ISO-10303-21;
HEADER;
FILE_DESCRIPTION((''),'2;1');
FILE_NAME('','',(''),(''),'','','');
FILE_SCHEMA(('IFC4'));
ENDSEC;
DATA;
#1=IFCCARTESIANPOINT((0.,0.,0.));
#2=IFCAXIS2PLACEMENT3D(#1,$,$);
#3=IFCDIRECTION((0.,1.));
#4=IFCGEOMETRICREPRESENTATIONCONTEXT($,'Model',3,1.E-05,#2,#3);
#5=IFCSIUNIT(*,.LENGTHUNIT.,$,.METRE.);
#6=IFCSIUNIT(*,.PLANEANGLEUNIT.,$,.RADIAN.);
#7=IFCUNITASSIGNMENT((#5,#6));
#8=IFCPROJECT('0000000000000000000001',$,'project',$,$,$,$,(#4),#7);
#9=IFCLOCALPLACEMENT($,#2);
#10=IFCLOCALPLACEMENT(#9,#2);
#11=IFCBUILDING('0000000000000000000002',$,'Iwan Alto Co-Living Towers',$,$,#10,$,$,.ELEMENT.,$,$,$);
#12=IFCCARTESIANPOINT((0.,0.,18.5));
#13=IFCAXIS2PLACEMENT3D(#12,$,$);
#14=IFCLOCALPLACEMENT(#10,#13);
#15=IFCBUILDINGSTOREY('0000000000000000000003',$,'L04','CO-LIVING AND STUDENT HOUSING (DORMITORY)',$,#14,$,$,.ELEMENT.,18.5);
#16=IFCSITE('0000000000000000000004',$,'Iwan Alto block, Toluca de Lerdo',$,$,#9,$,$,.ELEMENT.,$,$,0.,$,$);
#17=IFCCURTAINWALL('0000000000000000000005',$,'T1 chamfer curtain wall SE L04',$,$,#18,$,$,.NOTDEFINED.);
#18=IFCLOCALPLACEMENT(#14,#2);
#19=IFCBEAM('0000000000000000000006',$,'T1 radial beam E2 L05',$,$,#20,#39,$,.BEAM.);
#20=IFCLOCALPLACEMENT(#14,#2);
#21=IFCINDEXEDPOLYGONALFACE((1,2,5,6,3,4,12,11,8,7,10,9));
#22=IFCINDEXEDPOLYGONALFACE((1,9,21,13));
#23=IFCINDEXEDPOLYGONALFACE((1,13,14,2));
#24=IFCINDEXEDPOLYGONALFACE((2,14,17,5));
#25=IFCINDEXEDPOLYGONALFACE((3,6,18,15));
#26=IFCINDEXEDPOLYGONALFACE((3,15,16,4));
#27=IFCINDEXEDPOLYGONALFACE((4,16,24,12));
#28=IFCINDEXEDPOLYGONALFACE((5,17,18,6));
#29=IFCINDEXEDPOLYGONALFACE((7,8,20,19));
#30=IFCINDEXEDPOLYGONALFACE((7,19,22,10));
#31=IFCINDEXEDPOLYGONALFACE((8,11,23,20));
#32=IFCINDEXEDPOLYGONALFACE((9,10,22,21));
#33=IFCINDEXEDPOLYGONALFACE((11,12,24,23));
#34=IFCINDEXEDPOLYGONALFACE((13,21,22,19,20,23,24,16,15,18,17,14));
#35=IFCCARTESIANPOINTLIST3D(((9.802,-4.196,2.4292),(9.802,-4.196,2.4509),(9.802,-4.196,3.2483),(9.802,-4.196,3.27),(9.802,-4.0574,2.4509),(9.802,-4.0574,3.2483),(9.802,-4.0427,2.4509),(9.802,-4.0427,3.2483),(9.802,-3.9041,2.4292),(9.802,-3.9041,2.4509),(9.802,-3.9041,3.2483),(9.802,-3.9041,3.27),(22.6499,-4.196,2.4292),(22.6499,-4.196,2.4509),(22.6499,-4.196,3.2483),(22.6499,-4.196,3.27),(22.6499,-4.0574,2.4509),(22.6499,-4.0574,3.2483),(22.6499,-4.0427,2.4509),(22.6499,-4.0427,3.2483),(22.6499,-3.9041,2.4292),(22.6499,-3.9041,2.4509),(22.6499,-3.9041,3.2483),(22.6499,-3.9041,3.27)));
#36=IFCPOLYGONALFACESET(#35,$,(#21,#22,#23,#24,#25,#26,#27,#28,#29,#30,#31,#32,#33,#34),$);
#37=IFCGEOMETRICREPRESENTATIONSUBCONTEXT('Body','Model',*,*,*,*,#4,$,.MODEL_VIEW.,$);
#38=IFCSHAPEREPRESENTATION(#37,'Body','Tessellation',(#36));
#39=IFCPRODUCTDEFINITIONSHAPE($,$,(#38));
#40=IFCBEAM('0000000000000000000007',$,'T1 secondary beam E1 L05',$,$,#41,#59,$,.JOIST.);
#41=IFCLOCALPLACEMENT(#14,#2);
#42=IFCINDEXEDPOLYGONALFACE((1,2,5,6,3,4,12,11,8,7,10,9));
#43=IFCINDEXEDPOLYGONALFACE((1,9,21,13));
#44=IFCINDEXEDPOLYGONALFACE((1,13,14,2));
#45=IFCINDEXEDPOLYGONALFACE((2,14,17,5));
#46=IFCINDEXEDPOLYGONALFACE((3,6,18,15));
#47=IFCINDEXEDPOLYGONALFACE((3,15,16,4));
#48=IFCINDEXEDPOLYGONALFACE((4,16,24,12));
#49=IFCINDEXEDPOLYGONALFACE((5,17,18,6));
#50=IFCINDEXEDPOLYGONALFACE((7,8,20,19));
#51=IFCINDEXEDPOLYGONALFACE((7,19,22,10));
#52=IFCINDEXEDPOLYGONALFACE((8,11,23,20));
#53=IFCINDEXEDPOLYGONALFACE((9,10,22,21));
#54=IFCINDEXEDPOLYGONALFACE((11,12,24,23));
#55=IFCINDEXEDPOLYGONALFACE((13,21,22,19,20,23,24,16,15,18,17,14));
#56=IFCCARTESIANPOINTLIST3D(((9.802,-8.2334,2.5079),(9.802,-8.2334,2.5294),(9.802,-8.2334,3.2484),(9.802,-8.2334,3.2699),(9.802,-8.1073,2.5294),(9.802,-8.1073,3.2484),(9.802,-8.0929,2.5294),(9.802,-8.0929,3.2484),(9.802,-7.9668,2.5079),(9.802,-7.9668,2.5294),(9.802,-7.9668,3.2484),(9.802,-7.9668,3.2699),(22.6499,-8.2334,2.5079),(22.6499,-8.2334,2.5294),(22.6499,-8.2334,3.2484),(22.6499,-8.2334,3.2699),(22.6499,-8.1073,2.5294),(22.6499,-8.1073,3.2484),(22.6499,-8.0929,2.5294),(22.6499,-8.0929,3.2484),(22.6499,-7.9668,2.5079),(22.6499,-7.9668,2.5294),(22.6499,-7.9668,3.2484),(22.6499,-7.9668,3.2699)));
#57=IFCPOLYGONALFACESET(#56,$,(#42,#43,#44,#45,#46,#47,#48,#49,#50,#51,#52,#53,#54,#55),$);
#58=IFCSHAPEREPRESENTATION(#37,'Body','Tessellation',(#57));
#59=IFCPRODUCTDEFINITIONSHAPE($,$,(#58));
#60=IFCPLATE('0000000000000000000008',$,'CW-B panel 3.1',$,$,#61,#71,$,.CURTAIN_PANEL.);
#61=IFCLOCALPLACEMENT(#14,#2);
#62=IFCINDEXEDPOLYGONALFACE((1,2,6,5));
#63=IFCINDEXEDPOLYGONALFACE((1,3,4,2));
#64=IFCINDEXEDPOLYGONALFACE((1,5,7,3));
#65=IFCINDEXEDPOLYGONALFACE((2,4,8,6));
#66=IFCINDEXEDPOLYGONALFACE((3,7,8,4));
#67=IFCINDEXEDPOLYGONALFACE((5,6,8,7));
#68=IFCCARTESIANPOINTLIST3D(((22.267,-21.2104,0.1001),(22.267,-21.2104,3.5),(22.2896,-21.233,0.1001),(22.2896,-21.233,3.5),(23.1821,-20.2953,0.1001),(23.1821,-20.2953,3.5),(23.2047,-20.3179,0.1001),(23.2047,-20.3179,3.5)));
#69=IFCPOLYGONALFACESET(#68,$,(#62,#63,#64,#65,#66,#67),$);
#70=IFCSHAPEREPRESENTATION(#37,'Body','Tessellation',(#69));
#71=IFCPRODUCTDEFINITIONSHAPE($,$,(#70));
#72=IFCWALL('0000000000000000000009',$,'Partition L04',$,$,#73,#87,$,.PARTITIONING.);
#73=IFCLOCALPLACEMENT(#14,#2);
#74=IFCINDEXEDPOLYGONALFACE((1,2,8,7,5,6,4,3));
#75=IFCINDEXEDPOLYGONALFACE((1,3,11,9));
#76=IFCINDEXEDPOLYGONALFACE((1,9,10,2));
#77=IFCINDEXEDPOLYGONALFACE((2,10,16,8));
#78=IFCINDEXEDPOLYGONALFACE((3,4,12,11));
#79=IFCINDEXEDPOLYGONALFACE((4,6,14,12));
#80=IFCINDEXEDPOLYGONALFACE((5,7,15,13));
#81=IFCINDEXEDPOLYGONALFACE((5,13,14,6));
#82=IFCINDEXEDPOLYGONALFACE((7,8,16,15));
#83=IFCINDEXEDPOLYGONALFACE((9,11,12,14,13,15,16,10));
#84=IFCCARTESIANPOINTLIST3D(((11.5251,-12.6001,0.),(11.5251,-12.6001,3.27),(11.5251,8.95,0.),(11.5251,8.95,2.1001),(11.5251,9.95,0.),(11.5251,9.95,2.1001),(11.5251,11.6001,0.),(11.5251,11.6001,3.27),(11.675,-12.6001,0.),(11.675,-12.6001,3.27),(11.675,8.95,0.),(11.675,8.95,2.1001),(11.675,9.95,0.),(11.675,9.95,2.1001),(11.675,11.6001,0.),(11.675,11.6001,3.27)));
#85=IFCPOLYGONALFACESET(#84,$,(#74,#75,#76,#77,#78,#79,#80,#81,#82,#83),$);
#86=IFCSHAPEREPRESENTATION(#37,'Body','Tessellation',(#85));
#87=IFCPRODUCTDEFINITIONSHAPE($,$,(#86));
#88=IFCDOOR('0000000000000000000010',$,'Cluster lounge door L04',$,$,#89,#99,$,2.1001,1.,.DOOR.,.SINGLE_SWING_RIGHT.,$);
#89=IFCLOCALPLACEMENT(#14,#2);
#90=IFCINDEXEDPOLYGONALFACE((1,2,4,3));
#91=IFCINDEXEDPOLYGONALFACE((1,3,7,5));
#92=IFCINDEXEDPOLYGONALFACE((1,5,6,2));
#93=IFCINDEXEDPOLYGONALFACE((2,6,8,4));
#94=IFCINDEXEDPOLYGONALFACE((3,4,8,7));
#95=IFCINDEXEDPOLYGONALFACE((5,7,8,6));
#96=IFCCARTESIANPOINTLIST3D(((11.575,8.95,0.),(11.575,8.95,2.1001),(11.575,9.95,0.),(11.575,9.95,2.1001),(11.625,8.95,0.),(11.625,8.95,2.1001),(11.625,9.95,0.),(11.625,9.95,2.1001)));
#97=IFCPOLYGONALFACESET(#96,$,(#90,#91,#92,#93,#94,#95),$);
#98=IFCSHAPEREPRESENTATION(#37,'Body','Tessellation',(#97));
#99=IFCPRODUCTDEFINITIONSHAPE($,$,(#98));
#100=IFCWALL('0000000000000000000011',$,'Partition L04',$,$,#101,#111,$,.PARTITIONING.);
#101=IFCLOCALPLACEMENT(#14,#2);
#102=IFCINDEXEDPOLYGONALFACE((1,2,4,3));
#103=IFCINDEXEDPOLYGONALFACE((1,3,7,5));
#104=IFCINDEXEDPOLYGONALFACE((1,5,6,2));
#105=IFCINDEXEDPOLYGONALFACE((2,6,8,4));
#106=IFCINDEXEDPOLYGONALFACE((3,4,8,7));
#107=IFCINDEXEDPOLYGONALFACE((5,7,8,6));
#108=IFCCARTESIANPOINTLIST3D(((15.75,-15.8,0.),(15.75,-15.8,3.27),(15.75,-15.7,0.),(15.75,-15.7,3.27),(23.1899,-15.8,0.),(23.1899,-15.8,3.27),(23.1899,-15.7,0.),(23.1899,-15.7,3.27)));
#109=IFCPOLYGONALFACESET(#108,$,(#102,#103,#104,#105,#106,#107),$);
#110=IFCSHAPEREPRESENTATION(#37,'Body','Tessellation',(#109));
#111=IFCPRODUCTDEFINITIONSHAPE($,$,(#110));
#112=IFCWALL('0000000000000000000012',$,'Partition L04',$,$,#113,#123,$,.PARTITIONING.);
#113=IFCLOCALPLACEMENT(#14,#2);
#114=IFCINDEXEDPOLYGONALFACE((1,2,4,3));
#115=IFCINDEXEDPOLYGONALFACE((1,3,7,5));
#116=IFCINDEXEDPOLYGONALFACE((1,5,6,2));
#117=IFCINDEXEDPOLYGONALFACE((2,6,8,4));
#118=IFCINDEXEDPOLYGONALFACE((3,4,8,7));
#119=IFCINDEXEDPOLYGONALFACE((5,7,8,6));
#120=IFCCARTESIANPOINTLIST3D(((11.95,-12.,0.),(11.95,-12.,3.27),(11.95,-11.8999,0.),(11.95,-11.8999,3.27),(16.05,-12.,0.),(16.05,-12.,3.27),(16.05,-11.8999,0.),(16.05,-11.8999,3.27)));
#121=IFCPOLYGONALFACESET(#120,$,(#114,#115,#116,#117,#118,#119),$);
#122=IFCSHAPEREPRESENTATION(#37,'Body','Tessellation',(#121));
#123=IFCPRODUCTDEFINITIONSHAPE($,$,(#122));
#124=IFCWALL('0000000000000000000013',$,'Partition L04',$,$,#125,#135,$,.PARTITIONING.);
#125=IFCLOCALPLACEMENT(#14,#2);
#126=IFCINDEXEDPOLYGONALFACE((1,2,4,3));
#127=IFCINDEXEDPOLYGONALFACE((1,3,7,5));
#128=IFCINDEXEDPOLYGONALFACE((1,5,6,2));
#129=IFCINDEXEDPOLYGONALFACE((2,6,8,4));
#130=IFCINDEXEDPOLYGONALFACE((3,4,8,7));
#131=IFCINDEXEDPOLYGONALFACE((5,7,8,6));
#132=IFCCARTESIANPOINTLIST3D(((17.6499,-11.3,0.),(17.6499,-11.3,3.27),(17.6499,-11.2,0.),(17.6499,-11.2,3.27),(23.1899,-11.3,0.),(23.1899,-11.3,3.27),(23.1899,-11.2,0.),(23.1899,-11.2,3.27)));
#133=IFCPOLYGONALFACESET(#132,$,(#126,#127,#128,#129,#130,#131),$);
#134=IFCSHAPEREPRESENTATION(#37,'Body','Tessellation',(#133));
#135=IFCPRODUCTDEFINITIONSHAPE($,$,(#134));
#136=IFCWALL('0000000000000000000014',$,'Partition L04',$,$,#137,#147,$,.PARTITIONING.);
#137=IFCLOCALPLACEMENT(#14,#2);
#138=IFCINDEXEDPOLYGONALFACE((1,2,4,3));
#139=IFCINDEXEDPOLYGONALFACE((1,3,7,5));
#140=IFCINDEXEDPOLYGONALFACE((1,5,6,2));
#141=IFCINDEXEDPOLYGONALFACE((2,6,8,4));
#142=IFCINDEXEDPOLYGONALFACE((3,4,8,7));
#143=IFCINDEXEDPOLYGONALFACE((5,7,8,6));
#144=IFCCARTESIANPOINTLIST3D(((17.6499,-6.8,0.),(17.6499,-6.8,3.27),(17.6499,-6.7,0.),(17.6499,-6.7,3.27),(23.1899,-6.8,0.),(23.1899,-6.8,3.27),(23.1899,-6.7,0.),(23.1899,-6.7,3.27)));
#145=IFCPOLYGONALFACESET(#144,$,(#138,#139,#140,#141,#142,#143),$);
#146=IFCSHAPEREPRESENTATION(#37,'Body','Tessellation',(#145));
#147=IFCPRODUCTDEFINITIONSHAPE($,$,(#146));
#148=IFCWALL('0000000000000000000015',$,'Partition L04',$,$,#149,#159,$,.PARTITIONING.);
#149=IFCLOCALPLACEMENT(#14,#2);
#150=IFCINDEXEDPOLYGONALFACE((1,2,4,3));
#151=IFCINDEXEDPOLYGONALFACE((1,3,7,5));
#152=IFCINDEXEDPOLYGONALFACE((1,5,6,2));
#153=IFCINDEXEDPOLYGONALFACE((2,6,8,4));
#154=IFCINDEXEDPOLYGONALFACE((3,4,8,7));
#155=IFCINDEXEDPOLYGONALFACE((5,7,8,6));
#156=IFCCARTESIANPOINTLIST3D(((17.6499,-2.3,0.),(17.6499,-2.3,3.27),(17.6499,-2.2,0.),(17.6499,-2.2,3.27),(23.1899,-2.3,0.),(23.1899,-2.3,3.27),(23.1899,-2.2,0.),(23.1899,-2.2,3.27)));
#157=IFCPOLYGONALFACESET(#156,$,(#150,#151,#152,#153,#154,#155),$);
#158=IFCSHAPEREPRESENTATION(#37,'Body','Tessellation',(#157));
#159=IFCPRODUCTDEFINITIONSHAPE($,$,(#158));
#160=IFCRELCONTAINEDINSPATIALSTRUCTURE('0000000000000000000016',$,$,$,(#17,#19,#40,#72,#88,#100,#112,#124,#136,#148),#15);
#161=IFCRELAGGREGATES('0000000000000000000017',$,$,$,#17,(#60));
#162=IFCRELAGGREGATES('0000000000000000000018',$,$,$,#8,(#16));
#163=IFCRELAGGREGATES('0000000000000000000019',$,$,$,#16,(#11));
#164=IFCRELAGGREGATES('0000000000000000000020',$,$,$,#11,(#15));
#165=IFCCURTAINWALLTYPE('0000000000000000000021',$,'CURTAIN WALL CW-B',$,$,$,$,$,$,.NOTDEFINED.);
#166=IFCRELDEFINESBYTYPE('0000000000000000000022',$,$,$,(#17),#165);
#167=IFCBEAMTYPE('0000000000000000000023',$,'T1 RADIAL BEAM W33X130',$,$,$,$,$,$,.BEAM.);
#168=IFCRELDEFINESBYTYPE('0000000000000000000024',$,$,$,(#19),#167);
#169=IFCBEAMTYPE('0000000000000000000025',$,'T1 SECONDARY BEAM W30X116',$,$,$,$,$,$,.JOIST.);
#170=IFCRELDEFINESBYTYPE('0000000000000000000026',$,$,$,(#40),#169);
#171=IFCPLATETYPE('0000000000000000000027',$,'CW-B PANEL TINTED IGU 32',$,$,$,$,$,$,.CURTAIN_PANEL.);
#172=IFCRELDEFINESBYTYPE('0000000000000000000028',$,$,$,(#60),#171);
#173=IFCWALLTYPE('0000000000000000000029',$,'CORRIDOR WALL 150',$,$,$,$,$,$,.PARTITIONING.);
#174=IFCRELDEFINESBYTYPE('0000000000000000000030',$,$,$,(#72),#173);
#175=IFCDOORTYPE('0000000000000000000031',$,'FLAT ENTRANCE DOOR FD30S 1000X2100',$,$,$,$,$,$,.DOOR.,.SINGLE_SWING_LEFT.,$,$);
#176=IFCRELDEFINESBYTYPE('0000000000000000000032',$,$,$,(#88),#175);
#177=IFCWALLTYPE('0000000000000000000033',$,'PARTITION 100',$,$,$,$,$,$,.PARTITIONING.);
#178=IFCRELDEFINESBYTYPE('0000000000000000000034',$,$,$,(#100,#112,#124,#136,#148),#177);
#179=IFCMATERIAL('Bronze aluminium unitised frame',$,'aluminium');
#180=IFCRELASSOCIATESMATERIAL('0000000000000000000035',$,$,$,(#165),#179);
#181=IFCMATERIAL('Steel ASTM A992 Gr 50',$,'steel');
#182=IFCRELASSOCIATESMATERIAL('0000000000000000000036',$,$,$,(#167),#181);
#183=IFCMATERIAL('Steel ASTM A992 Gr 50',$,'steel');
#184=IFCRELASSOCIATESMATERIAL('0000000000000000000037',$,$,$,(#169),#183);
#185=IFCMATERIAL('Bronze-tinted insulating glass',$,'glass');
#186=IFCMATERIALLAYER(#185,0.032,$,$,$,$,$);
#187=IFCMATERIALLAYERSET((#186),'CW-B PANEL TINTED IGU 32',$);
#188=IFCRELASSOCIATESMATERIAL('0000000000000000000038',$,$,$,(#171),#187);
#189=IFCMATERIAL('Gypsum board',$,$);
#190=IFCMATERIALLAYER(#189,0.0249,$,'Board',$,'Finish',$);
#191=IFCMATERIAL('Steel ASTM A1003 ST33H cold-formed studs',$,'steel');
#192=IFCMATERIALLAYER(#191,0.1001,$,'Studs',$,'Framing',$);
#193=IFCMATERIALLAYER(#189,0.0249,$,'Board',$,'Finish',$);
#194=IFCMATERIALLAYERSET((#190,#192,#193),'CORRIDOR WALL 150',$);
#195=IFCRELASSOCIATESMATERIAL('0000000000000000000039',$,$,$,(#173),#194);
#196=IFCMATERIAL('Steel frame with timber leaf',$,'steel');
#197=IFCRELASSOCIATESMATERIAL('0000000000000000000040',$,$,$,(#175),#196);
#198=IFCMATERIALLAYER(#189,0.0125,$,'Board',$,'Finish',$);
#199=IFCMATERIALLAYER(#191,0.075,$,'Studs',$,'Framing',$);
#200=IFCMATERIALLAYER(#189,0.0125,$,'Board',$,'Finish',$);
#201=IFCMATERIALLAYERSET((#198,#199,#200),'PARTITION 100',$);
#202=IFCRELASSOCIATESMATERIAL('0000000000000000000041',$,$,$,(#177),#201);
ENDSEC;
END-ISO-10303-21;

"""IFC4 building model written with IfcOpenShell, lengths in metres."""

from ifc_helpers import new_model, si_unit, direction, frame, frame_2d, origin, origin_2d, place, context, subcontext, project, spatial, rectangle, i_section, extrude, material, layer, layer_set, material_profile, profile_set, type_object, element, fill, aggregate, save


model = new_model("IFC4")

# Units and contexts
model_context = context("Model", 3, precision=1e-05, world=origin(), true_north=direction((0.0, 1.0)))
body_context = subcontext(model_context, "Body", "Model", "MODEL_VIEW")
ifc_project = project(units=[si_unit("LENGTHUNIT", "METRE"), si_unit("PLANEANGLEUNIT", "RADIAN")], contexts=[model_context])

# Site, building, storey
site_placement = place(None, origin())
site = spatial("IfcSite", under=ifc_project, at=site_placement, Name="Iwan Alto block, Toluca de Lerdo", CompositionType="ELEMENT", RefElevation=0.0)
building_placement = place(site_placement, origin())
building = spatial("IfcBuilding", under=site, at=building_placement, Name="Iwan Alto Co-Living Towers", CompositionType="ELEMENT")
storey_placement = place(building_placement, frame((0.0, 0.0, 18.5)))
storey = spatial("IfcBuildingStorey", under=building, at=storey_placement, Name="L04", Description="CO-LIVING AND STUDENT HOUSING (DORMITORY)", CompositionType="ELEMENT", Elevation=18.5)

# Curtain wall
ifc_material_1 = material(Name="Bronze aluminium unitised frame", Category="aluminium")
curtain_wall_type_1 = type_object("IfcCurtainWallType", Name="CURTAIN WALL CW-B", PredefinedType="NOTDEFINED", material=ifc_material_1)
curtain_wall_1_placement = place(storey_placement, origin())
curtain_wall_1 = element("IfcCurtainWall", 1, at=curtain_wall_1_placement, inside=storey, type_object=curtain_wall_type_1, Name="T1 chamfer curtain wall SE L04", PredefinedType="NOTDEFINED")

# Beams
ifc_material_2 = material(Name="Steel ASTM A992 Gr 50", Category="steel")
ifc_material_profile_1 = material_profile(ifc_material_2, i_section(OverallWidth=0.292, OverallDepth=0.8408, WebThickness=0.0146, FlangeThickness=0.0217, at=origin_2d()), Name="W33X130")
ifc_profile_set_1 = profile_set([ifc_material_profile_1], Name="Steel ASTM A992 Gr 50")
beam_type_1 = type_object("IfcBeamType", Name="T1 RADIAL BEAM W33X130", PredefinedType="BEAM", material=ifc_profile_set_1)
beam_1_placement = place(storey_placement, frame((22.6499, -4.05, 2.8496), z_axis=(-1.0, 0.0, 0.0), x_axis=(0.0, -1.0, 0.0)))
element("IfcBeam", 2, at=beam_1_placement, inside=storey, type_object=beam_type_1, Name="T1 radial beam E2 L05", PredefinedType="BEAM", context=body_context, shape_type="SweptSolid", body=[
    extrude(i_section(OverallWidth=0.292, OverallDepth=0.8408, WebThickness=0.0146, FlangeThickness=0.0217, at=origin_2d()), origin(), (0.0, 0.0, 1.0), 12.8479),
])
ifc_material_3 = material(Name="Steel ASTM A992 Gr 50", Category="steel")
ifc_material_profile_2 = material_profile(ifc_material_3, i_section(OverallWidth=0.2666, OverallDepth=0.762, WebThickness=0.0144, FlangeThickness=0.0215, at=origin_2d()), Name="W30X116")
ifc_profile_set_2 = profile_set([ifc_material_profile_2], Name="Steel ASTM A992 Gr 50")
beam_type_2 = type_object("IfcBeamType", Name="T1 SECONDARY BEAM W30X116", PredefinedType="JOIST", material=ifc_profile_set_2)
beam_2_placement = place(storey_placement, frame((22.6499, -8.1001, 2.8889), z_axis=(-1.0, 0.0, 0.0), x_axis=(0.0, -1.0, 0.0)))
element("IfcBeam", 3, at=beam_2_placement, inside=storey, type_object=beam_type_2, Name="T1 secondary beam E1 L05", PredefinedType="JOIST", context=body_context, shape_type="SweptSolid", body=[
    extrude(i_section(OverallWidth=0.2666, OverallDepth=0.762, WebThickness=0.0144, FlangeThickness=0.0215, at=origin_2d()), origin(), (0.0, 0.0, 1.0), 12.8479),
])

# Plate
ifc_material_4 = material(Name="Bronze-tinted insulating glass", Category="glass")
ifc_layer_1 = layer(ifc_material_4, 0.032)
ifc_layer_set_1 = layer_set([ifc_layer_1], Name="CW-B PANEL TINTED IGU 32")
plate_type = type_object("IfcPlateType", Name="CW-B PANEL TINTED IGU 32", PredefinedType="CURTAIN_PANEL", material=ifc_layer_set_1)
plate_placement = place(storey_placement, frame((22.7358, -20.7642, 0.1001), z_axis=(0.0, 0.0, 1.0), x_axis=(0.707107, 0.707107, 0.0)))
plate = element("IfcPlate", 4, at=plate_placement, type_object=plate_type, Name="CW-B panel 3.1", PredefinedType="CURTAIN_PANEL", context=body_context, shape_type="SweptSolid", body=[
    extrude(rectangle(XDim=1.2942, YDim=0.032, at=origin_2d()), origin(), (0.0, 0.0, 1.0), 3.3999),
])
aggregate(curtain_wall_1, [plate])

# Wall, opening, door
ifc_material_5 = material(Name="Gypsum board")
ifc_layer_2 = layer(ifc_material_5, 0.0249, Name="Board", Category="Finish")
ifc_material_6 = material(Name="Steel ASTM A1003 ST33H cold-formed studs", Category="steel")
ifc_layer_3 = layer(ifc_material_6, 0.1001, Name="Studs", Category="Framing")
ifc_layer_4 = layer(ifc_material_5, 0.0249, Name="Board", Category="Finish")
ifc_layer_set_2 = layer_set([ifc_layer_2, ifc_layer_3, ifc_layer_4], Name="CORRIDOR WALL 150")
wall_type_1 = type_object("IfcWallType", Name="CORRIDOR WALL 150", PredefinedType="PARTITIONING", material=ifc_layer_set_2)
wall_1_placement = place(storey_placement, frame((11.6001, -12.6001, 0.0), z_axis=(0.0, 0.0, 1.0), x_axis=(0.0, 1.0, 0.0)))
wall_1 = element("IfcWall", 5, at=wall_1_placement, inside=storey, type_object=wall_type_1, Name="Partition L04", PredefinedType="PARTITIONING", context=body_context, shape_type="SweptSolid", body=[
    extrude(rectangle(XDim=24.2002, YDim=0.1499, at=frame_2d((12.1001, 0.0))), origin(), (0.0, 0.0, 1.0), 3.27),
])
opening_1_placement = place(wall_1_placement, frame((21.55, 0.0, 0.0)))
opening_1 = element("IfcOpeningElement", 6, at=opening_1_placement, cuts=wall_1, PredefinedType="OPENING", context=body_context, shape_type="SweptSolid", body=[
    extrude(rectangle(XDim=1.0, YDim=2.1001, at=frame_2d((0.5, 1.05))), frame((0.0, 0.085, 0.0), z_axis=(0.0, -1.0, 0.0), x_axis=(1.0, 0.0, 0.0)), (0.0, 0.0, 1.0), 0.1699),
])
ifc_material_7 = material(Name="Steel frame with timber leaf", Category="steel")
door_type_1 = type_object("IfcDoorType", Name="FLAT ENTRANCE DOOR FD30S 1000X2100", OperationType="SINGLE_SWING_LEFT", PredefinedType="DOOR", material=ifc_material_7)
door_1_placement = place(opening_1_placement, frame((1.0, 0.0, 0.0), z_axis=(0.0, 0.0, 1.0), x_axis=(-1.0, 0.0, 0.0)))
door_1 = element("IfcDoor", 7, at=door_1_placement, inside=storey, type_object=door_type_1, Name="Cluster lounge door L04", OperationType="SINGLE_SWING_RIGHT", OverallHeight=2.1001, OverallWidth=1.0, PredefinedType="DOOR", context=body_context, shape_type="SweptSolid", body=[
    extrude(rectangle(XDim=1.0, YDim=2.1001, at=frame_2d((0.5, 1.05))), frame((0.0, 0.0249, 0.0), z_axis=(0.0, -1.0, 0.0), x_axis=(1.0, 0.0, 0.0)), (0.0, 0.0, 1.0), 0.05),
])
fill(opening_1, door_1)

# Walls
ifc_layer_5 = layer(ifc_material_5, 0.0125, Name="Board", Category="Finish")
ifc_layer_6 = layer(ifc_material_6, 0.075, Name="Studs", Category="Framing")
ifc_layer_7 = layer(ifc_material_5, 0.0125, Name="Board", Category="Finish")
ifc_layer_set_3 = layer_set([ifc_layer_5, ifc_layer_6, ifc_layer_7], Name="PARTITION 100")
wall_type_2 = type_object("IfcWallType", Name="PARTITION 100", PredefinedType="PARTITIONING", material=ifc_layer_set_3)
wall_2_placement = place(storey_placement, frame((15.75, -15.75, 0.0), z_axis=(0.0, 0.0, 1.0), x_axis=(1.0, 0.0, 0.0)))
element("IfcWall", 8, at=wall_2_placement, inside=storey, type_object=wall_type_2, Name="Partition L04", PredefinedType="PARTITIONING", context=body_context, shape_type="SweptSolid", body=[
    extrude(rectangle(XDim=7.4399, YDim=0.1001, at=frame_2d((3.72, 0.0))), origin(), (0.0, 0.0, 1.0), 3.27),
])
wall_3_placement = place(storey_placement, frame((11.95, -11.95, 0.0), z_axis=(0.0, 0.0, 1.0), x_axis=(1.0, 0.0, 0.0)))
element("IfcWall", 9, at=wall_3_placement, inside=storey, type_object=wall_type_2, Name="Partition L04", PredefinedType="PARTITIONING", context=body_context, shape_type="SweptSolid", body=[
    extrude(rectangle(XDim=4.1001, YDim=0.1001, at=frame_2d((2.05, 0.0))), origin(), (0.0, 0.0, 1.0), 3.27),
])
for number, where, z_axis, x_axis, name in (
    (10, (17.6499, -11.25, 0.0), (0.0, 0.0, 1.0), (1.0, 0.0, 0.0), "Partition L04"),
    (11, (17.6499, -6.75, 0.0), (0.0, 0.0, 1.0), (1.0, 0.0, 0.0), "Partition L04"),
    (12, (17.6499, -2.25, 0.0), (0.0, 0.0, 1.0), (1.0, 0.0, 0.0), "Partition L04"),
):
    element("IfcWall", number, at=place(storey_placement, frame(where, z_axis=z_axis, x_axis=x_axis)), inside=storey, type_object=wall_type_2, Name=name, PredefinedType="PARTITIONING", context=body_context, shape_type="SweptSolid", body=[
        extrude(rectangle(XDim=5.54, YDim=0.1001, at=frame_2d((2.77, 0.0))), origin(), (0.0, 0.0, 1.0), 3.27),
    ])

save(model, "model.ifc")
